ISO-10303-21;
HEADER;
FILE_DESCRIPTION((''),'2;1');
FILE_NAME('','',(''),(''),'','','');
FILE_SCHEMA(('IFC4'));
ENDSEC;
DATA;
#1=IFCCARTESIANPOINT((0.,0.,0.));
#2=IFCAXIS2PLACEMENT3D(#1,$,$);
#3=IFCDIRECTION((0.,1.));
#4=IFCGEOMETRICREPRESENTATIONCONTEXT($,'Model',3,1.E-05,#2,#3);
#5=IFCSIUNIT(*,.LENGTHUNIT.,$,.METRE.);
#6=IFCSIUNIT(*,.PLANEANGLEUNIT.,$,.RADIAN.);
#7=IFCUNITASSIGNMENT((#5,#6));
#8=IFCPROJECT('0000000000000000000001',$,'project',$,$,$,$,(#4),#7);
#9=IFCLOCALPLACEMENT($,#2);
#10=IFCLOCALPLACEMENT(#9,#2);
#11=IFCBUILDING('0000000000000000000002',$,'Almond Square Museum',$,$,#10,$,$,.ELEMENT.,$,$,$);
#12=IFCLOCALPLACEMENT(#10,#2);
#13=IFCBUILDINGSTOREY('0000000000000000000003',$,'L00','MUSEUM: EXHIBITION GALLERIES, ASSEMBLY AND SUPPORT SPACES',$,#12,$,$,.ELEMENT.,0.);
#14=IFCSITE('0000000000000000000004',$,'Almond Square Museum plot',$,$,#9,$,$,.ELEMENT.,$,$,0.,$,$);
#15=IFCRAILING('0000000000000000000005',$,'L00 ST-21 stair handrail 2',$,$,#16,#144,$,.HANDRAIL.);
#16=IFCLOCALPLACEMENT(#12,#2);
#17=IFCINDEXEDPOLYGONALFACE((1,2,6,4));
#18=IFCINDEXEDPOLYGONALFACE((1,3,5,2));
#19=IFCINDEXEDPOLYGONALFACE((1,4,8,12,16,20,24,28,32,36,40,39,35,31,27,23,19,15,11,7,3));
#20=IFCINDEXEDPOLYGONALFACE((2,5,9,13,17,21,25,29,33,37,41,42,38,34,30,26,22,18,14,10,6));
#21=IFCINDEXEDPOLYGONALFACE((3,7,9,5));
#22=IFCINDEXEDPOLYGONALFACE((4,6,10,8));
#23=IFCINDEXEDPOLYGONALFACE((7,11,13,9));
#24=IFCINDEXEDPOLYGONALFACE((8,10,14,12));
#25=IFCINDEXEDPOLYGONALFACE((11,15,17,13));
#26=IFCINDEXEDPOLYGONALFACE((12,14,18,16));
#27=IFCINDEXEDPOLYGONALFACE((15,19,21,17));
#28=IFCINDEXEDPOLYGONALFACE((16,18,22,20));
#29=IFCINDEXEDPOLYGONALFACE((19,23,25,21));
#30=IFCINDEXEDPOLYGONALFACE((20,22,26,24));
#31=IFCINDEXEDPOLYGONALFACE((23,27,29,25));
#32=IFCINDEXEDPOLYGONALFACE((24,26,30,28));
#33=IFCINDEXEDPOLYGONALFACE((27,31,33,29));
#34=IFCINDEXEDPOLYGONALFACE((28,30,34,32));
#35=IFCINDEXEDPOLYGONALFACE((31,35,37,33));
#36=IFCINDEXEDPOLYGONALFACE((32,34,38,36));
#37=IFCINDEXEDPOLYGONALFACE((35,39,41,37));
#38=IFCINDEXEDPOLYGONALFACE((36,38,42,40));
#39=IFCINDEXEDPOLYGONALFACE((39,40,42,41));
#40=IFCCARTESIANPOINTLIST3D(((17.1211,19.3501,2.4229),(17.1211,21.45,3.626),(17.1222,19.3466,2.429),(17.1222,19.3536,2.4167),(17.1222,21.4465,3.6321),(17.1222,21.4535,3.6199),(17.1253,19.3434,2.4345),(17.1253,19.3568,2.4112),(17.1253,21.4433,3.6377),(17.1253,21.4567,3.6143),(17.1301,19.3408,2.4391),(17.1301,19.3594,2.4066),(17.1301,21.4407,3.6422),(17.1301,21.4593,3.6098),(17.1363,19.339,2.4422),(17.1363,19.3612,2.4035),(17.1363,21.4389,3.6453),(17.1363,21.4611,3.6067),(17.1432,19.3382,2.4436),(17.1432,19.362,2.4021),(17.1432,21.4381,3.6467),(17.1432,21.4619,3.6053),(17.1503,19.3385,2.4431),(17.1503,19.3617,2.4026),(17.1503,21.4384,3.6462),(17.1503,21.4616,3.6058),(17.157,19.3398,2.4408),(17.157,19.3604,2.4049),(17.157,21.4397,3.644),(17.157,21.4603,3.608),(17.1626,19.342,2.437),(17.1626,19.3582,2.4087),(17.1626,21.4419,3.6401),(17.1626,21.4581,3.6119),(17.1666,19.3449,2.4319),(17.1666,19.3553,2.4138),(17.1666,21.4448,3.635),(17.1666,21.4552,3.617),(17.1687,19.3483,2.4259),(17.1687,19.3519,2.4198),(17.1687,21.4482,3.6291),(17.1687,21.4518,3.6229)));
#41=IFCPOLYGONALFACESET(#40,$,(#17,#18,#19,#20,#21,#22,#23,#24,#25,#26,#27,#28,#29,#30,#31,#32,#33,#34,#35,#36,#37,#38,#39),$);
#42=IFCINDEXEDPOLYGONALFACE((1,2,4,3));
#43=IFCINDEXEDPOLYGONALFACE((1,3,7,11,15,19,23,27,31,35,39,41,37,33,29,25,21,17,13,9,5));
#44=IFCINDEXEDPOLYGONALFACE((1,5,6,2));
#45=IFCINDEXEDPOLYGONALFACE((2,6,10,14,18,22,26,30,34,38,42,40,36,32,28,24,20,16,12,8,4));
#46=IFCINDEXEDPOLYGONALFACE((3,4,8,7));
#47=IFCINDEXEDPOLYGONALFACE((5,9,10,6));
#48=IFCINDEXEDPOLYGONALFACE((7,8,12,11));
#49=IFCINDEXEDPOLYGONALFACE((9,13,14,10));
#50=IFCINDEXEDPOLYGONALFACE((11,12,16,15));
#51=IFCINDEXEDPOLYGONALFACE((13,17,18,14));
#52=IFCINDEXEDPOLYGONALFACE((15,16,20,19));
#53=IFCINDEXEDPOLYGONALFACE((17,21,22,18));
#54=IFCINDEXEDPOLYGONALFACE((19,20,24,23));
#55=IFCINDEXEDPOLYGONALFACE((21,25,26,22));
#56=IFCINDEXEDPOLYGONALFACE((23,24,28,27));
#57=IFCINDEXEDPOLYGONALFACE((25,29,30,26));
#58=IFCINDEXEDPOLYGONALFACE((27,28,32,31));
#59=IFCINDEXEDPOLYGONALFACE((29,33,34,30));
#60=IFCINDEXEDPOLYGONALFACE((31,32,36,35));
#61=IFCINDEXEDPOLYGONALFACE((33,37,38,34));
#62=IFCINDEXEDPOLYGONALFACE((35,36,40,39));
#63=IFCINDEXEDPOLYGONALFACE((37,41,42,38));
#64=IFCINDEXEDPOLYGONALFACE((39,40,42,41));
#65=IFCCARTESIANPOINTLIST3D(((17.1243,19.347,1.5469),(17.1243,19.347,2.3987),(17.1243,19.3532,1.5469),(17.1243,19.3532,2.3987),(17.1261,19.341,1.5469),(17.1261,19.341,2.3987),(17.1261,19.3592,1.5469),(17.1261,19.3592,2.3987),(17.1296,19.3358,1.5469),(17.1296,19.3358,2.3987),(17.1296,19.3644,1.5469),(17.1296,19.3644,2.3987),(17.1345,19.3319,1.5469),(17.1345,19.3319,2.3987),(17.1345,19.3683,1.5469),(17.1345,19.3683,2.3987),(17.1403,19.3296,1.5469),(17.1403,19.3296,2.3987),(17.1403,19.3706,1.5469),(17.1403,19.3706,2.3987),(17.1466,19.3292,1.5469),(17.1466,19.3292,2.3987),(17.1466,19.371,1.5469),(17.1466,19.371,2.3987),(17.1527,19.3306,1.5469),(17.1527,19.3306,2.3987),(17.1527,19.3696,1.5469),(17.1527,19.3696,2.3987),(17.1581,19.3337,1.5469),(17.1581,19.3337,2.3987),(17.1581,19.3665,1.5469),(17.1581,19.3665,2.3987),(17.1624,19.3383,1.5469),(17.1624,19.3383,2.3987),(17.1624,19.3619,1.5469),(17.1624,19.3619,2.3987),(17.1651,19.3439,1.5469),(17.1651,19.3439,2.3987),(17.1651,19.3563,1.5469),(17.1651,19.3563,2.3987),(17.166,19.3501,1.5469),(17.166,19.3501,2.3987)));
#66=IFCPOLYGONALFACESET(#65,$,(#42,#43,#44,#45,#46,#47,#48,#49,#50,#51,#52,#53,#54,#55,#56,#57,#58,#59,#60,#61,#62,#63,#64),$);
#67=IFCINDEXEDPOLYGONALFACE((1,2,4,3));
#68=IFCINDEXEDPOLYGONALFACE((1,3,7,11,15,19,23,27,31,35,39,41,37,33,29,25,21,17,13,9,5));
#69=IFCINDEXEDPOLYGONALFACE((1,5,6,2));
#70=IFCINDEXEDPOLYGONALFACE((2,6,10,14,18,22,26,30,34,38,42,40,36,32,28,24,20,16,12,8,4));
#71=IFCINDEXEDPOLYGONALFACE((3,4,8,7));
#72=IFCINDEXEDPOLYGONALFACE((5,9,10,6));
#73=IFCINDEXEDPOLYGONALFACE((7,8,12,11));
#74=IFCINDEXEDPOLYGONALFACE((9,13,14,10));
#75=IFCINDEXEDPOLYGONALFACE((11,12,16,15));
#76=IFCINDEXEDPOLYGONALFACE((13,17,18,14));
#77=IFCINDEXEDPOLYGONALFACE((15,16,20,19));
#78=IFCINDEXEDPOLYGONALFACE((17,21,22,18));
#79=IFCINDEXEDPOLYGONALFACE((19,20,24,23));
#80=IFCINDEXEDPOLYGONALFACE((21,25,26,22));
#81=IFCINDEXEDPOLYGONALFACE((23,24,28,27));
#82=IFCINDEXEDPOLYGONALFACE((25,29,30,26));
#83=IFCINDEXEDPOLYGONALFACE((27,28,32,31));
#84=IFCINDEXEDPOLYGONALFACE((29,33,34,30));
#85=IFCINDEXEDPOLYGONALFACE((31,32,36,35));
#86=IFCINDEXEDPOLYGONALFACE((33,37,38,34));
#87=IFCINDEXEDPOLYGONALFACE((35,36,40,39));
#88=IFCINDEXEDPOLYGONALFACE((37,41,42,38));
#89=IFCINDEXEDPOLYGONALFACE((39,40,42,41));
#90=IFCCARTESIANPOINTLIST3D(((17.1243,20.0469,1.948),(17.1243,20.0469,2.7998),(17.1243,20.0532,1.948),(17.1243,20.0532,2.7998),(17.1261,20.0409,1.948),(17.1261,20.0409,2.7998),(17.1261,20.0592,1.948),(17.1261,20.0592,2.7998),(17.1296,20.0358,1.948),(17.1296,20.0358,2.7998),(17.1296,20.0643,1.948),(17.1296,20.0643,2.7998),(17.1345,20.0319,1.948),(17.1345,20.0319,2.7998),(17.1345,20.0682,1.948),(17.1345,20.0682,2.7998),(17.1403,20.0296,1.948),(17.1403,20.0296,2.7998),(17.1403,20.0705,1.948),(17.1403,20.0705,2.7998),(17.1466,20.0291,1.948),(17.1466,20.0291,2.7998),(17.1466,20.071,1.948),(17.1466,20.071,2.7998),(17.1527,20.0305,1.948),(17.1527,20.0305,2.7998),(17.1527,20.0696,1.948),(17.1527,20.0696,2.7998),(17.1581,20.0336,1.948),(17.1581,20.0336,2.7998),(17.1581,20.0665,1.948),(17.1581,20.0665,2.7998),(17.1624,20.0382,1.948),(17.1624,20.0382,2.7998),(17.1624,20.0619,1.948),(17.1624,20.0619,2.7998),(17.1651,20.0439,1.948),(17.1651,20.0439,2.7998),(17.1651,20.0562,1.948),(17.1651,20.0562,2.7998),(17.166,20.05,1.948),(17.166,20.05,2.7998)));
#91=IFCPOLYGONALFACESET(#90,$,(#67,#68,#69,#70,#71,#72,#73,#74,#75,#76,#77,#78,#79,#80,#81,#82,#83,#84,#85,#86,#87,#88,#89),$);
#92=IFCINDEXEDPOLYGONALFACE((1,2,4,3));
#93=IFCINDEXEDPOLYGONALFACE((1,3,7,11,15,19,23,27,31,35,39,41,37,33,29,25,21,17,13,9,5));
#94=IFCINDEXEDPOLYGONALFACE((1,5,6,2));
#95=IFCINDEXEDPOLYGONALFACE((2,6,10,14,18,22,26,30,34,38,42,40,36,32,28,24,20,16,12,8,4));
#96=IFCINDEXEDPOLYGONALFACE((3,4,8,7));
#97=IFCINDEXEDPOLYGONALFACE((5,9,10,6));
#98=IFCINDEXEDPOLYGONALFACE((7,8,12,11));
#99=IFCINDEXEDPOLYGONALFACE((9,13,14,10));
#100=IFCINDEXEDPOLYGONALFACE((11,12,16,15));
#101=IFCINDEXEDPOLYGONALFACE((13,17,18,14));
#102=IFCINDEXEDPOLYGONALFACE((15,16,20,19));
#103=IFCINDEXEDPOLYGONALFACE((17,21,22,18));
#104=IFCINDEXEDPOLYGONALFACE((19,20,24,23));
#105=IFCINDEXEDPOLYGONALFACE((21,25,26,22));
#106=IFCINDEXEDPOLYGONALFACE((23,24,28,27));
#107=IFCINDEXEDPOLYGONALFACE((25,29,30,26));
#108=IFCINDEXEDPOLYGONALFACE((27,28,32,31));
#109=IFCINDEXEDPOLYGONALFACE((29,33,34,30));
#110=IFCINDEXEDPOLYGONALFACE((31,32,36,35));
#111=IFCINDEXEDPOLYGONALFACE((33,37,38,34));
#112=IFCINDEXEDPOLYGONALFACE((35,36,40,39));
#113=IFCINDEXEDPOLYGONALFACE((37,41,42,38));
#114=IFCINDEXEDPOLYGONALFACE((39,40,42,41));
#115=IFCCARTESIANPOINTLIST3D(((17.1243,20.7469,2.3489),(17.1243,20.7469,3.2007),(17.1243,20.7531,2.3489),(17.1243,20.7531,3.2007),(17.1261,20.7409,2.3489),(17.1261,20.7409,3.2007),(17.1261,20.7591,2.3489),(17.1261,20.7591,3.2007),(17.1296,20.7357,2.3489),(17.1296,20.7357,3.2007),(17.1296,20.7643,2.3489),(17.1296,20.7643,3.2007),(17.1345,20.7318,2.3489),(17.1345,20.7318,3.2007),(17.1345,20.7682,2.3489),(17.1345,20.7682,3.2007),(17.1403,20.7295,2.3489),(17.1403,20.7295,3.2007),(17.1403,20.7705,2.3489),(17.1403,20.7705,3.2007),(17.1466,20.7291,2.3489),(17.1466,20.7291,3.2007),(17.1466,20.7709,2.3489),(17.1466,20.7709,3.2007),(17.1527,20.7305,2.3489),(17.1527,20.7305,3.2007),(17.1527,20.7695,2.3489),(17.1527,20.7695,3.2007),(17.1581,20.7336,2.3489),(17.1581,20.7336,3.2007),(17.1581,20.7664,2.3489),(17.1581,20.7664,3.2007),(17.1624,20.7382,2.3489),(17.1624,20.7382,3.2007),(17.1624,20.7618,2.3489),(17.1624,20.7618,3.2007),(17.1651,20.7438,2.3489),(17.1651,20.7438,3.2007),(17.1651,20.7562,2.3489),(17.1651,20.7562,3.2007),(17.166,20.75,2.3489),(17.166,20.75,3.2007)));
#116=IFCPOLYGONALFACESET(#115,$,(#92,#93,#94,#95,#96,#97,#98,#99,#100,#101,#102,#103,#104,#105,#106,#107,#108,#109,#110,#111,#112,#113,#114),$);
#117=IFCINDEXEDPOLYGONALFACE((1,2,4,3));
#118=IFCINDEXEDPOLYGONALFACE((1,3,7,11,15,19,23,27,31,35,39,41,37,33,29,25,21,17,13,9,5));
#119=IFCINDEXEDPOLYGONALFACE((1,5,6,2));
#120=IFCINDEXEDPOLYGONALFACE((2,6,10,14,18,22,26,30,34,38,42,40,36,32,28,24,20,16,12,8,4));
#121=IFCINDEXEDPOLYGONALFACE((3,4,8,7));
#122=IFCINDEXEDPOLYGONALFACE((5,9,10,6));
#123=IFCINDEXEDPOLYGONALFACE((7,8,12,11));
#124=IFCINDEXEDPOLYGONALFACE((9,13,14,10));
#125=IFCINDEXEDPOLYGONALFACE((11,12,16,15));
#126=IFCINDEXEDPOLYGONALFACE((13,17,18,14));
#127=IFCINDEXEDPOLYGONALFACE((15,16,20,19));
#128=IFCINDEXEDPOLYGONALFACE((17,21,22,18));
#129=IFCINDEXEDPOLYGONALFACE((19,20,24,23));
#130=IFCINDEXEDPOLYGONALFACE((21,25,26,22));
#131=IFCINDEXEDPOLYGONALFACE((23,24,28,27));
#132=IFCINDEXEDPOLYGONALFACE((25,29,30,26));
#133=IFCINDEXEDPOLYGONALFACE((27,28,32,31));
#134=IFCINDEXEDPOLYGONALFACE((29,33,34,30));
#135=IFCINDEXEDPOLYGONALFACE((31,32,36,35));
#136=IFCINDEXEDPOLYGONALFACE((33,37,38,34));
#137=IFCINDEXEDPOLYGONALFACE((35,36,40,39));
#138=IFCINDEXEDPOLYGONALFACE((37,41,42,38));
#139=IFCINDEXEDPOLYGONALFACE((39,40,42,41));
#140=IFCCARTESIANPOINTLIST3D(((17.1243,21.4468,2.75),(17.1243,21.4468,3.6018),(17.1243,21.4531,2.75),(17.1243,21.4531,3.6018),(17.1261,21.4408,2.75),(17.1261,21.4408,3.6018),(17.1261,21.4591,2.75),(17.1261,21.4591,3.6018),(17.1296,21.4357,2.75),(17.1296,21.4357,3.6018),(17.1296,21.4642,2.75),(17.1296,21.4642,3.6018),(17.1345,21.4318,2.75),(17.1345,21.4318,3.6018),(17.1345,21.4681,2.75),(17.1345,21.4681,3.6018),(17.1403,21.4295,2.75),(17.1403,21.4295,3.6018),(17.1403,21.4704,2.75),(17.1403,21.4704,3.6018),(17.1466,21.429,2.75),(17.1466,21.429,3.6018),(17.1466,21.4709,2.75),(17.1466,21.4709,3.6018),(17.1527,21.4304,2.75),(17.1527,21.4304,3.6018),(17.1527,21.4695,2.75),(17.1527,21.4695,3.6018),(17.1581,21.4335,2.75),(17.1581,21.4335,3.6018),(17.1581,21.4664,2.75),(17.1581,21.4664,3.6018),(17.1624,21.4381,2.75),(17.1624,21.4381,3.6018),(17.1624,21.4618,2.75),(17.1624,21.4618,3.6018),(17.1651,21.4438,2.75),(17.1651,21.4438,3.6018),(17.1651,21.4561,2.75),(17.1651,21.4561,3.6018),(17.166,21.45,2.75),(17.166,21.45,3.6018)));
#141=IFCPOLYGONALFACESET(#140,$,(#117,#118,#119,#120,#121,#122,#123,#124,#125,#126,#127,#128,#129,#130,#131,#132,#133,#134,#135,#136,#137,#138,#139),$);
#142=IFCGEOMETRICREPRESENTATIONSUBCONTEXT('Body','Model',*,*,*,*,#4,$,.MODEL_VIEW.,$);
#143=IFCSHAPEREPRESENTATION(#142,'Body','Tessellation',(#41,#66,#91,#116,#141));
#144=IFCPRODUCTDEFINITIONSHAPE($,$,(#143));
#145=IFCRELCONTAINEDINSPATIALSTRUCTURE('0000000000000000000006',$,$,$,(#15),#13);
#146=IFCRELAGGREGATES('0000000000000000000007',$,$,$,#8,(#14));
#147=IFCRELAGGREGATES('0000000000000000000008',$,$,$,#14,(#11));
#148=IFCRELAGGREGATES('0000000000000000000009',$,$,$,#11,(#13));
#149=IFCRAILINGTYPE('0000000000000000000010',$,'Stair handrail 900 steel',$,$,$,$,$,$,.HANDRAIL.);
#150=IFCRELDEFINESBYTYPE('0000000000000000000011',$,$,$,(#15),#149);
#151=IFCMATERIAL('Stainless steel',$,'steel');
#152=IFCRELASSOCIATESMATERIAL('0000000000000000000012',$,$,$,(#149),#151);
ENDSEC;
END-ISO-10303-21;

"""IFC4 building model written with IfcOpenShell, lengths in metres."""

from ifc_helpers import new_model, si_unit, direction, frame, origin, origin_2d, place, context, subcontext, project, spatial, circle, extrude, material, type_object, element, save


model = new_model("IFC4")

# Units and contexts
model_context = context("Model", 3, precision=1e-05, world=origin(), true_north=direction((0.0, 1.0)))
body_context = subcontext(model_context, "Body", "Model", "MODEL_VIEW")
ifc_project = project(units=[si_unit("LENGTHUNIT", "METRE"), si_unit("PLANEANGLEUNIT", "RADIAN")], contexts=[model_context])

# Site, building, storey
site_placement = place(None, origin())
site = spatial("IfcSite", under=ifc_project, at=site_placement, Name="Almond Square Museum plot", CompositionType="ELEMENT", RefElevation=0.0)
building_placement = place(site_placement, origin())
building = spatial("IfcBuilding", under=site, at=building_placement, Name="Almond Square Museum", CompositionType="ELEMENT")
storey_placement = place(building_placement, origin())
storey = spatial("IfcBuildingStorey", under=building, at=storey_placement, Name="L00", Description="MUSEUM: EXHIBITION GALLERIES, ASSEMBLY AND SUPPORT SPACES", CompositionType="ELEMENT", Elevation=0.0)

# Railing
ifc_material_1 = material(Name="Stainless steel", Category="steel")
railing_type_1 = type_object("IfcRailingType", Name="Stair handrail 900 steel", PredefinedType="HANDRAIL", material=ifc_material_1)
for number, where, name in (
    (1, (17.145, 19.3501, 1.5469), "L00 ST-21 stair handrail 2"),
):
    element("IfcRailing", number, at=place(storey_placement, frame(where)), inside=storey, type_object=railing_type_1, Name=name, PredefinedType="HANDRAIL", context=body_context, shape_type="SweptSolid", body=[
        extrude(circle(Radius=0.0239, at=origin_2d()), frame((0.0, 0.0, 0.876), z_axis=(0.0, 0.867671, 0.497138), x_axis=(-1.0, 0.0, 0.0)), (0.0, 0.0, 1.0), 2.4202),
        extrude(circle(Radius=0.021, at=origin_2d()), origin(), (0.0, 0.0, 1.0), 0.8518),
        extrude(circle(Radius=0.021, at=origin_2d()), frame((0.0, 0.7, 0.4011)), (0.0, 0.0, 1.0), 0.8518),
        extrude(circle(Radius=0.021, at=origin_2d()), frame((0.0, 1.3999, 0.802)), (0.0, 0.0, 1.0), 0.8518),
        extrude(circle(Radius=0.021, at=origin_2d()), frame((0.0, 2.0999, 1.2031)), (0.0, 0.0, 1.0), 0.8518),
    ])

save(model, "model.ifc")
